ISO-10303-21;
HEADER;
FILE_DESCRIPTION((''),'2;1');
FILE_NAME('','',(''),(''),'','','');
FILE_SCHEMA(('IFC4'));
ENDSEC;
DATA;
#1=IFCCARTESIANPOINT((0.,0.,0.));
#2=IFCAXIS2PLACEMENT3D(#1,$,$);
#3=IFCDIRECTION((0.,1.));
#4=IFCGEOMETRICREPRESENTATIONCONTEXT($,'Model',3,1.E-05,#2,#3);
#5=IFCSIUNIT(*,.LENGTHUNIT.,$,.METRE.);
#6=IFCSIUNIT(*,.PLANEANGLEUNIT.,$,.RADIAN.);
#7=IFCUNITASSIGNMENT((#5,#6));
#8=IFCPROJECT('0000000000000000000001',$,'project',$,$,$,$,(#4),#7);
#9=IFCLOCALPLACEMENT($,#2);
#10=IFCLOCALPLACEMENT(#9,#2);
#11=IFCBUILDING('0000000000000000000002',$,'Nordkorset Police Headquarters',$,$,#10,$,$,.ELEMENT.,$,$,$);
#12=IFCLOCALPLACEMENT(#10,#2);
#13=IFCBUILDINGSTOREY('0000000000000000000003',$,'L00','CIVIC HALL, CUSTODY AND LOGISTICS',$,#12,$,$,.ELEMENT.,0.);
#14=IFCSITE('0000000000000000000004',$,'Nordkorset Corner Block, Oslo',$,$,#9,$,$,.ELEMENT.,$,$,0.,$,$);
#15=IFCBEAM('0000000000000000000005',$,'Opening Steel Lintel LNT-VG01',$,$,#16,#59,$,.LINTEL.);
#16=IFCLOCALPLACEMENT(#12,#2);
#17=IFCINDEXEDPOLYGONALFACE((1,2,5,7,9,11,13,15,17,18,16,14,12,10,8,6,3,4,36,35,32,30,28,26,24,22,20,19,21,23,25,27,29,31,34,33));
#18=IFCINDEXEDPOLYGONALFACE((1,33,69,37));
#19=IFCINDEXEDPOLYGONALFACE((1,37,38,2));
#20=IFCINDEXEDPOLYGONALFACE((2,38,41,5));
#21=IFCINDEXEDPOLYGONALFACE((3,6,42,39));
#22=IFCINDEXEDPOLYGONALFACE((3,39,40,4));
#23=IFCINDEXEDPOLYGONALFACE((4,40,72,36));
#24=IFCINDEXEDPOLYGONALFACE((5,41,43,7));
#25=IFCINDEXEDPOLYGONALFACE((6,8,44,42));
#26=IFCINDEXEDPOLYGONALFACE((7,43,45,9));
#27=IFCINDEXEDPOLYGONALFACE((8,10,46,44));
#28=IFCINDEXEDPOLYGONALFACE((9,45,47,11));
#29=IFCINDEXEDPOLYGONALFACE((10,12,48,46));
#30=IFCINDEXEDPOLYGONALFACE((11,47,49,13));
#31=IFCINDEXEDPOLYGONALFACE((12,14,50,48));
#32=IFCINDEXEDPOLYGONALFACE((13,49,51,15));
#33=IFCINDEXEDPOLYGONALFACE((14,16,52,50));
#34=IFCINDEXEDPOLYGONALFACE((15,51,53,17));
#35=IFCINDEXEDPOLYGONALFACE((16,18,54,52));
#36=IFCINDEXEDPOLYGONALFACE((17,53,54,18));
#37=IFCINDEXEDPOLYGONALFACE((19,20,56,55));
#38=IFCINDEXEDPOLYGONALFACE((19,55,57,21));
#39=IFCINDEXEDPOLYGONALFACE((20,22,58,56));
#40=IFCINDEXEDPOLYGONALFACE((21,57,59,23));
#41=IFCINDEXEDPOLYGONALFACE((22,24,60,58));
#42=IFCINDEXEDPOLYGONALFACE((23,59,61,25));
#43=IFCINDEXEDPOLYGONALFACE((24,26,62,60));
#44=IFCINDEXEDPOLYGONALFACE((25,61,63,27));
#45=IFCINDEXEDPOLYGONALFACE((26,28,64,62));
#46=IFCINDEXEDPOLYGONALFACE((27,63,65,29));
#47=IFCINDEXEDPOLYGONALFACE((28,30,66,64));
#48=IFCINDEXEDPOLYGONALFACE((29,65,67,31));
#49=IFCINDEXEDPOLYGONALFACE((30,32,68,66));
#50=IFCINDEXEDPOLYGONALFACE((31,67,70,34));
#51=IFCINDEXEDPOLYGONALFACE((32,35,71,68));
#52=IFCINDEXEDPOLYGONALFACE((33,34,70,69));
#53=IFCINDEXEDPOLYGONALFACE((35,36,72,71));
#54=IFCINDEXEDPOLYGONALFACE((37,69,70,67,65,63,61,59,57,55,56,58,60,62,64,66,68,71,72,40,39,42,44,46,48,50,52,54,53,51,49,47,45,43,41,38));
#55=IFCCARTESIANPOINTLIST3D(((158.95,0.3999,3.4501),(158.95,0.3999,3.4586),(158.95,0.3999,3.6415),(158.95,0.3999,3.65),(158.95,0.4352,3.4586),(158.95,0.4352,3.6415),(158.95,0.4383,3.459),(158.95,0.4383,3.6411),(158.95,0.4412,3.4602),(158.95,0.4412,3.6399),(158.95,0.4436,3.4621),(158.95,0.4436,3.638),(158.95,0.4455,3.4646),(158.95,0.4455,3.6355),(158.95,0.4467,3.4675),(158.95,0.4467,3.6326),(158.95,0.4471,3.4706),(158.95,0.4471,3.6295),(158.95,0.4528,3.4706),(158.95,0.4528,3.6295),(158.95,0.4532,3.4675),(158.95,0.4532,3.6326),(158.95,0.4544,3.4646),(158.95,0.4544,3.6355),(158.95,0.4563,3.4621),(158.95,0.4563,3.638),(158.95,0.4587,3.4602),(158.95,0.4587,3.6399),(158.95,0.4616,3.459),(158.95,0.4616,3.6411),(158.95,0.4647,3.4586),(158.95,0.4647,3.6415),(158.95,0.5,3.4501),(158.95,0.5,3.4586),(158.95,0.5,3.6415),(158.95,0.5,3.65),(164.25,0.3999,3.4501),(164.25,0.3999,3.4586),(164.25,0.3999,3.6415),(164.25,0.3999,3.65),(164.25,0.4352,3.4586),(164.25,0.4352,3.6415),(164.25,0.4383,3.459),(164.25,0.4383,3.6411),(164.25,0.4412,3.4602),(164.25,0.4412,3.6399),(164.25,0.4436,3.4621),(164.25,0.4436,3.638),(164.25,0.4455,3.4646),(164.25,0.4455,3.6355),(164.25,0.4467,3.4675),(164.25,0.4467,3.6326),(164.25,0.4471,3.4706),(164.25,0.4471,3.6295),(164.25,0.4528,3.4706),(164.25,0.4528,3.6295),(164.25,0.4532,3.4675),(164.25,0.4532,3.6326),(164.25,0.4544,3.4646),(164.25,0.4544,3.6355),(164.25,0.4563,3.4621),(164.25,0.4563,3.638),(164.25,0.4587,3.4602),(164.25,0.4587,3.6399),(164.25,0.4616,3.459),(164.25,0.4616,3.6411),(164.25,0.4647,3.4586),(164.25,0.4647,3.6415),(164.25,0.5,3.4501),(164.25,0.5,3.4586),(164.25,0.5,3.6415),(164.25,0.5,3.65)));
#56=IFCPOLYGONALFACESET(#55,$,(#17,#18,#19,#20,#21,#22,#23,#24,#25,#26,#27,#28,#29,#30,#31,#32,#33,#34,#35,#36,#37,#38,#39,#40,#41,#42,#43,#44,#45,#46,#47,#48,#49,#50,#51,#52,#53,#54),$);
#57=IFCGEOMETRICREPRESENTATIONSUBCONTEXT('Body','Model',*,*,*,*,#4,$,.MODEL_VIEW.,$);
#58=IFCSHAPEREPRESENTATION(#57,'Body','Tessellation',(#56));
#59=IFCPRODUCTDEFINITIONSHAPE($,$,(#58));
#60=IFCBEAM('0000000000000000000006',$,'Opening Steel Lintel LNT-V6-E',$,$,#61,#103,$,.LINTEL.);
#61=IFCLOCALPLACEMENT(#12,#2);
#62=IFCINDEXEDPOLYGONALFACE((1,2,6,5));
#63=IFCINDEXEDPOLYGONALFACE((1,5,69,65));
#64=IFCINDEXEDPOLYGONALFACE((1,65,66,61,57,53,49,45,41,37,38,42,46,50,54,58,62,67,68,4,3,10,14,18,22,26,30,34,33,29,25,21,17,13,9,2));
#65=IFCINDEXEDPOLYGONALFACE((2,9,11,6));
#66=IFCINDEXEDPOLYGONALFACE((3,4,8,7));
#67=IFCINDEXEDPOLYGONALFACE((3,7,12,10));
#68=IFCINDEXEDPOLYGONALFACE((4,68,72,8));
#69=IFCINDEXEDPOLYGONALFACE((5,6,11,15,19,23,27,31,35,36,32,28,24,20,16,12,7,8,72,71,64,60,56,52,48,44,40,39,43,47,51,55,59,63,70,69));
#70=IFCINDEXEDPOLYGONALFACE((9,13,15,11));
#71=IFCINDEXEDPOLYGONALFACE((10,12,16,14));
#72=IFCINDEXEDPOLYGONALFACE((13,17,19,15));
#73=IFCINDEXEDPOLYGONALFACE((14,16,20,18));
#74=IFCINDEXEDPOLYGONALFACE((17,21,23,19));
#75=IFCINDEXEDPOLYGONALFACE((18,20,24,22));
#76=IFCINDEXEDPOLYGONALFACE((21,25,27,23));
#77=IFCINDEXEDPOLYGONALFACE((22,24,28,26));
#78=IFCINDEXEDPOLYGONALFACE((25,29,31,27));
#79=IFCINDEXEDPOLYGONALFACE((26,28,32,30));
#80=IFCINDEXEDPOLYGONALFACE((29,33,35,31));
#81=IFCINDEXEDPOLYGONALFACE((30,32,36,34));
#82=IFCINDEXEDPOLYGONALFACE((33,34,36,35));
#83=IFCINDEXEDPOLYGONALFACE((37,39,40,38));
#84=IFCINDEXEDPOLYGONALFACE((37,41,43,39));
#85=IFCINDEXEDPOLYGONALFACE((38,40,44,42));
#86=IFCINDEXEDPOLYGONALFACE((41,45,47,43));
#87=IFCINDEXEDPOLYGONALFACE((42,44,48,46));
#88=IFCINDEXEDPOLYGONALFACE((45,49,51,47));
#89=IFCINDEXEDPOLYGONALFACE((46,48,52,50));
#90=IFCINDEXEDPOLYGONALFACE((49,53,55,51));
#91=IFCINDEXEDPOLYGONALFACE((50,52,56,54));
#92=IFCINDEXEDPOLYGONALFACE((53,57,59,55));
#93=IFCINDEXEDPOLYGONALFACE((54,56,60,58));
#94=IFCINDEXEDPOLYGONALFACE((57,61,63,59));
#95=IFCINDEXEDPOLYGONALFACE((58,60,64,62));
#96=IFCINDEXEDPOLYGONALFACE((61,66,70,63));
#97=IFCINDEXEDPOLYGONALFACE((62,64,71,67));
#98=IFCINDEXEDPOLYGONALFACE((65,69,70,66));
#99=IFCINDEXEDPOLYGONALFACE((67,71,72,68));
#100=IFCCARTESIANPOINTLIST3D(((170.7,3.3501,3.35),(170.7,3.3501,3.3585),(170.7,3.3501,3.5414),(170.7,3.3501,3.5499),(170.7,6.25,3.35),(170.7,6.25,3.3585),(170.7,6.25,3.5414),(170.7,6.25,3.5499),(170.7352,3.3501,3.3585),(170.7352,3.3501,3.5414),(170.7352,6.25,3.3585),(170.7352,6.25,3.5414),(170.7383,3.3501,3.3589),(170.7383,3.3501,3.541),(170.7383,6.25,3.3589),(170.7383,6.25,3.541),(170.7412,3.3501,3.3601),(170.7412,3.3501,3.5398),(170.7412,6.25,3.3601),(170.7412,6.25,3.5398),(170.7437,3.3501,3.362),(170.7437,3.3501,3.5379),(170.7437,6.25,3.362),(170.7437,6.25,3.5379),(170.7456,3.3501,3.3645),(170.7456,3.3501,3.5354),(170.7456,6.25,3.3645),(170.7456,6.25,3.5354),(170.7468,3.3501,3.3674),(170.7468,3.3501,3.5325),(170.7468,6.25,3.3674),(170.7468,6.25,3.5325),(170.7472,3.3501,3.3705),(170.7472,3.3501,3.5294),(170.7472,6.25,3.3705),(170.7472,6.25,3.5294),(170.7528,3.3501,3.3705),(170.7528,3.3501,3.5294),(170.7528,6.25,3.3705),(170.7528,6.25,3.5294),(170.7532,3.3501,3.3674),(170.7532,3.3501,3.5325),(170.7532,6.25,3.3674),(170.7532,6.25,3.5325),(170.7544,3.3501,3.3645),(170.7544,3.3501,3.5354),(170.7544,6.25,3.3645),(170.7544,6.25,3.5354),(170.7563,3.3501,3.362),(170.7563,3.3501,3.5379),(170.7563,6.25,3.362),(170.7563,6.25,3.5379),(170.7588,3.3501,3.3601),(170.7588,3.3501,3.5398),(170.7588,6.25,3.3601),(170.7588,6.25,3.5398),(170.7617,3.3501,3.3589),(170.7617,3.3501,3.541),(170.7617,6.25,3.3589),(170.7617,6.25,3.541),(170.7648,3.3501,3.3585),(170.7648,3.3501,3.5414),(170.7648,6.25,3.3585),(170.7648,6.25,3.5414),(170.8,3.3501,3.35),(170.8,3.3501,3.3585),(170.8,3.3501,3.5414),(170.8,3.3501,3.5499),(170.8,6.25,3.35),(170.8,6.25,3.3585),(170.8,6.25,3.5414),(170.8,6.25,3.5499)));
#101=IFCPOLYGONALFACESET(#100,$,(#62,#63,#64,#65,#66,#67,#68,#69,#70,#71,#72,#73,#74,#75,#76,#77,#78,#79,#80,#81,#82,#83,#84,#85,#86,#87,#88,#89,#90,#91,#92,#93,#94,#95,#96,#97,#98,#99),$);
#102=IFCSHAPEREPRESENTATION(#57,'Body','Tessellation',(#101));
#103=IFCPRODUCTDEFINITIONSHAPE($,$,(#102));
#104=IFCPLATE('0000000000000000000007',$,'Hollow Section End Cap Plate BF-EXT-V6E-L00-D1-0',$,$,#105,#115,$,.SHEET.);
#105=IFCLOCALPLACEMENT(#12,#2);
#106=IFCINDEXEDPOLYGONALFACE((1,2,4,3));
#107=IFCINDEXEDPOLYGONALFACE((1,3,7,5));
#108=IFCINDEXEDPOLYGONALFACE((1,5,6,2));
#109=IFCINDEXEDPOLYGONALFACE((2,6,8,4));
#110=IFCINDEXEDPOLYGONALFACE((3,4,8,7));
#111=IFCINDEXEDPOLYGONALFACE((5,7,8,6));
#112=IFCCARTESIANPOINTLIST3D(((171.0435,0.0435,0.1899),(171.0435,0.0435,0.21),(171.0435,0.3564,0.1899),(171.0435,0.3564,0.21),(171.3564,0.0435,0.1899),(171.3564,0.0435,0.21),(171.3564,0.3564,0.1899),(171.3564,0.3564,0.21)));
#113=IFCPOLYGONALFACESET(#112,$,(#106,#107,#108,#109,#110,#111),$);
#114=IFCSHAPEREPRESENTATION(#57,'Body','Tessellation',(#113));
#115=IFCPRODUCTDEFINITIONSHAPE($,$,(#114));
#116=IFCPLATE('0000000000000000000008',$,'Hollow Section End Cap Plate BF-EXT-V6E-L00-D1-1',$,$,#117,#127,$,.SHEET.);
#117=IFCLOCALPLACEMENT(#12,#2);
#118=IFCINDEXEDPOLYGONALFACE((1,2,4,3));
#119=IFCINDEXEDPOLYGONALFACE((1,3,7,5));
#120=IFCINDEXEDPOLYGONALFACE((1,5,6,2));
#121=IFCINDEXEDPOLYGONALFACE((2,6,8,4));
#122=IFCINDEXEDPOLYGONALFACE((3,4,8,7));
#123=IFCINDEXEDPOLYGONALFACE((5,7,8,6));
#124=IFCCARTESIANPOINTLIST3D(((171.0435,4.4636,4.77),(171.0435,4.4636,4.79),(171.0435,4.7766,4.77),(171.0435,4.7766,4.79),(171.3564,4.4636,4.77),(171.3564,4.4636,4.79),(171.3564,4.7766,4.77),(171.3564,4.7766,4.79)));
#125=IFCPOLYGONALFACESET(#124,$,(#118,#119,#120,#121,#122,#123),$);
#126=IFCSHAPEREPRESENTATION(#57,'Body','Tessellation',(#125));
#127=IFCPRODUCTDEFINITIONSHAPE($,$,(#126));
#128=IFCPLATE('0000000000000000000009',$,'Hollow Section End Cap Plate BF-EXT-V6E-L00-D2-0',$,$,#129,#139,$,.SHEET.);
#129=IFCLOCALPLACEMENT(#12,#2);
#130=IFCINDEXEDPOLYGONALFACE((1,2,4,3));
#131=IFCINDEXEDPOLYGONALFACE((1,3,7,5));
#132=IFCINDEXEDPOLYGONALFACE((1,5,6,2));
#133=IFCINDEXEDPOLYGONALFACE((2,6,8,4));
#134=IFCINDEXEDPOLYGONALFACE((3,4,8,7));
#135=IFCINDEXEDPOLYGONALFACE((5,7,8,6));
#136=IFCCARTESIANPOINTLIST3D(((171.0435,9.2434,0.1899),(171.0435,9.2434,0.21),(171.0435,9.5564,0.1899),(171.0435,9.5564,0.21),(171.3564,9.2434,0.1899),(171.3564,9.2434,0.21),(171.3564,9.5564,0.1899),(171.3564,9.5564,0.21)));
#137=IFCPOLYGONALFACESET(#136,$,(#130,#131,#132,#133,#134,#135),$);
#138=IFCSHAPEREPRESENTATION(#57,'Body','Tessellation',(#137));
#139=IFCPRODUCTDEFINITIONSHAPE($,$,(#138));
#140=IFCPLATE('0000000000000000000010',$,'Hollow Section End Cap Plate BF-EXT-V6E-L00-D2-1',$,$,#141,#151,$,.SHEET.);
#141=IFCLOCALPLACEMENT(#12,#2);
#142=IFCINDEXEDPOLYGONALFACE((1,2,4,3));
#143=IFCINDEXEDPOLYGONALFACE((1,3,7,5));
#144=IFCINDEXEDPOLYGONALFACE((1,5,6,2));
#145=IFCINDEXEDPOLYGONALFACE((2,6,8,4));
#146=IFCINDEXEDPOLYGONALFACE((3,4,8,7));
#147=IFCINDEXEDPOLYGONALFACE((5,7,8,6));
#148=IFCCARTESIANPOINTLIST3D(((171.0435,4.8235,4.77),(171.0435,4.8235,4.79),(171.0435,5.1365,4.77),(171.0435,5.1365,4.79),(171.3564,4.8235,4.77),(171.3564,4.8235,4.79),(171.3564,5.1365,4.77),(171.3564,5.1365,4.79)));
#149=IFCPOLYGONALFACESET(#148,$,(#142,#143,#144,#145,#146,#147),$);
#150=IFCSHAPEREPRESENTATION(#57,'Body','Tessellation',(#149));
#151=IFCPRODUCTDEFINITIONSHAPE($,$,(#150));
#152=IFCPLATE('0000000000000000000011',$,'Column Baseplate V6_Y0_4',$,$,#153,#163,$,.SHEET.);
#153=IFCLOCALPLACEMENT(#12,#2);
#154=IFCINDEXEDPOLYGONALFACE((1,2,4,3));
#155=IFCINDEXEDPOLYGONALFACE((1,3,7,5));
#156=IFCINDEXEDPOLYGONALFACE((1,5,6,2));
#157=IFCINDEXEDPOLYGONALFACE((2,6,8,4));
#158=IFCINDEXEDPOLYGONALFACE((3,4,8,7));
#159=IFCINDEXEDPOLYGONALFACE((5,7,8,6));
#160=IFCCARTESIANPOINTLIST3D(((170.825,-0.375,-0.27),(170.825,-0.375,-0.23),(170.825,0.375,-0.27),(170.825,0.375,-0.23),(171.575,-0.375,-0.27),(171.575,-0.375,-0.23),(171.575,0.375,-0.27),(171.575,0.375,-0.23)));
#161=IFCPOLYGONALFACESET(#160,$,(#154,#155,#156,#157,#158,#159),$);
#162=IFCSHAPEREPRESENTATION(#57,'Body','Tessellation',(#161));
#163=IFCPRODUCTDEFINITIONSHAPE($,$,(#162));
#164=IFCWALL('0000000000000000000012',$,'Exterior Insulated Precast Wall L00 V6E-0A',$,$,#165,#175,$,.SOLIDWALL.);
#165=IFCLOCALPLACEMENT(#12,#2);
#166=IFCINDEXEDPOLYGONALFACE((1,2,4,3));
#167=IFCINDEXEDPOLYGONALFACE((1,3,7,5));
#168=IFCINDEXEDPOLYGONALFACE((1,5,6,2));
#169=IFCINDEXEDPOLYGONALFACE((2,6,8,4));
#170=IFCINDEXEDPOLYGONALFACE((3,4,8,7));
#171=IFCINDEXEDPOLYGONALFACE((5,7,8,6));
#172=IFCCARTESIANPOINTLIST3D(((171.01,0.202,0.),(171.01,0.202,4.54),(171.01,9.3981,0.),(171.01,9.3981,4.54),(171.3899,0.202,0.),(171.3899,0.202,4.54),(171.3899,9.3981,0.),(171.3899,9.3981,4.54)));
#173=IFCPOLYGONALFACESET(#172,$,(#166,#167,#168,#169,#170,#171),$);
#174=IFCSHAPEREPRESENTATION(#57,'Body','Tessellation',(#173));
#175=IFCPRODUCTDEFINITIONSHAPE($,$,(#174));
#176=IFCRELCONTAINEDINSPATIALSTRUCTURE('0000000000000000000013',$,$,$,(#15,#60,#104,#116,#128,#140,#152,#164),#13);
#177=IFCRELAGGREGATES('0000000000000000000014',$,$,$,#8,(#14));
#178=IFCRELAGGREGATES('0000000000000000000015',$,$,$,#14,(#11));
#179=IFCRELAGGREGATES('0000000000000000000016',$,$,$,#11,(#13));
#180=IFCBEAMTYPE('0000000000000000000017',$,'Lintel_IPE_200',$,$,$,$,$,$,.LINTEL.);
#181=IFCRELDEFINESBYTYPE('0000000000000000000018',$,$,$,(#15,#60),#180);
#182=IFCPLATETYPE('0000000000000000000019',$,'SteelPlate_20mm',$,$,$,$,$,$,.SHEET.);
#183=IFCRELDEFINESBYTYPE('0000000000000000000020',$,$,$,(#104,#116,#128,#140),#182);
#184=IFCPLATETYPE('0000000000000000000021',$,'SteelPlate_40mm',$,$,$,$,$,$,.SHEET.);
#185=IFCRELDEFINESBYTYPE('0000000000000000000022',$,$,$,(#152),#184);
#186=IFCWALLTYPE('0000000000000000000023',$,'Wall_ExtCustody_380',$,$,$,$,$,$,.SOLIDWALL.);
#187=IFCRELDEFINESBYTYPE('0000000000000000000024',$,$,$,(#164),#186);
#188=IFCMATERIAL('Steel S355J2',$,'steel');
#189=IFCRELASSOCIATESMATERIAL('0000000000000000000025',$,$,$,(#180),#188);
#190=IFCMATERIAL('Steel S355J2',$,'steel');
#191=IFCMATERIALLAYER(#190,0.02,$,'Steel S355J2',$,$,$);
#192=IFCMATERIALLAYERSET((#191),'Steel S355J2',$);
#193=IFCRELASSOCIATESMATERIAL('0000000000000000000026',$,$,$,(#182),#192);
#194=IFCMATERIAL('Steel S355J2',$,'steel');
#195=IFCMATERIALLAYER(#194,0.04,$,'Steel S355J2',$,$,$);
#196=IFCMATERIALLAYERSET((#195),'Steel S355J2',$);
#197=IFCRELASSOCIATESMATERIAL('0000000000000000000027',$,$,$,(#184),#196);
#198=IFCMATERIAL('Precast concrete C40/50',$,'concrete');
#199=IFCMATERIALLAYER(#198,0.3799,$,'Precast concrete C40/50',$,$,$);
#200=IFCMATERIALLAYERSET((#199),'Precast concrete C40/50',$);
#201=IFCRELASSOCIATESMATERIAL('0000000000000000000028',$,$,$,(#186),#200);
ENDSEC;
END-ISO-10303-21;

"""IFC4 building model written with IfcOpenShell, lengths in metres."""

from ifc_helpers import new_model, si_unit, direction, frame, frame_2d, origin, origin_2d, place, context, subcontext, project, spatial, rectangle, i_section, extrude, material, layer, layer_set, material_profile, profile_set, type_object, element, save


model = new_model("IFC4")

# Units and contexts
model_context = context("Model", 3, precision=1e-05, world=origin(), true_north=direction((0.0, 1.0)))
body_context = subcontext(model_context, "Body", "Model", "MODEL_VIEW")
ifc_project = project(units=[si_unit("LENGTHUNIT", "METRE"), si_unit("PLANEANGLEUNIT", "RADIAN")], contexts=[model_context])

# Site, building, storey
site_placement = place(None, origin())
site = spatial("IfcSite", under=ifc_project, at=site_placement, Name="Nordkorset Corner Block, Oslo", CompositionType="ELEMENT", RefElevation=0.0)
building_placement = place(site_placement, origin())
building = spatial("IfcBuilding", under=site, at=building_placement, Name="Nordkorset Police Headquarters", CompositionType="ELEMENT")
storey_placement = place(building_placement, origin())
storey = spatial("IfcBuildingStorey", under=building, at=storey_placement, Name="L00", Description="CIVIC HALL, CUSTODY AND LOGISTICS", CompositionType="ELEMENT", Elevation=0.0)

# Beams
ifc_material_1 = material(Name="Steel S355J2", Category="steel")
ifc_material_profile_1 = material_profile(ifc_material_1, i_section(OverallWidth=0.1001, OverallDepth=0.2, WebThickness=0.0056, FlangeThickness=0.0085, FilletRadius=0.012, at=origin_2d()), Name="IPE 200")
ifc_profile_set_1 = profile_set([ifc_material_profile_1], Name="Steel S355J2")
beam_type_1 = type_object("IfcBeamType", Name="Lintel_IPE_200", PredefinedType="LINTEL", material=ifc_profile_set_1)
beam_1_placement = place(storey_placement, frame((158.95, 0.45, 3.55), z_axis=(1.0, 0.0, 0.0), x_axis=(0.0, 1.0, 0.0)))
element("IfcBeam", 1, at=beam_1_placement, inside=storey, type_object=beam_type_1, Name="Opening Steel Lintel LNT-VG01", PredefinedType="LINTEL", context=body_context, shape_type="SweptSolid", body=[
    extrude(i_section(OverallWidth=0.1001, OverallDepth=0.2, WebThickness=0.0056, FlangeThickness=0.0085, FilletRadius=0.012, at=origin_2d()), origin(), (0.0, 0.0, 1.0), 5.3),
])
beam_2_placement = place(storey_placement, frame((170.75, 3.3501, 3.45), z_axis=(0.0, 1.0, 0.0), x_axis=(-1.0, 0.0, 0.0)))
element("IfcBeam", 2, at=beam_2_placement, inside=storey, type_object=beam_type_1, Name="Opening Steel Lintel LNT-V6-E", PredefinedType="LINTEL", context=body_context, shape_type="SweptSolid", body=[
    extrude(i_section(OverallWidth=0.1001, OverallDepth=0.2, WebThickness=0.0056, FlangeThickness=0.0085, FilletRadius=0.012, at=origin_2d()), origin(), (0.0, 0.0, 1.0), 2.8999),
])

# Plates
ifc_material_2 = material(Name="Steel S355J2", Category="steel")
ifc_layer_1 = layer(ifc_material_2, 0.02, Name="Steel S355J2")
ifc_layer_set_1 = layer_set([ifc_layer_1], Name="Steel S355J2")
plate_type_1 = type_object("IfcPlateType", Name="SteelPlate_20mm", PredefinedType="SHEET", material=ifc_layer_set_1)
for number, where, z_axis, x_axis, name in (
    (3, (171.2, 0.2, 0.1899), (0.0, 0.0, 1.0), (1.0, 0.0, 0.0), "Hollow Section End Cap Plate BF-EXT-V6E-L00-D1-0"),
    (4, (171.2, 4.6201, 4.77), (0.0, 0.0, 1.0), (1.0, 0.0, 0.0), "Hollow Section End Cap Plate BF-EXT-V6E-L00-D1-1"),
    (5, (171.2, 9.3999, 0.1899), (0.0, 0.0, 1.0), (1.0, 0.0, 0.0), "Hollow Section End Cap Plate BF-EXT-V6E-L00-D2-0"),
    (6, (171.2, 4.98, 4.77), (0.0, 0.0, 1.0), (1.0, 0.0, 0.0), "Hollow Section End Cap Plate BF-EXT-V6E-L00-D2-1"),
):
    element("IfcPlate", number, at=place(storey_placement, frame(where, z_axis=z_axis, x_axis=x_axis)), inside=storey, type_object=plate_type_1, Name=name, PredefinedType="SHEET", context=body_context, shape_type="SweptSolid", body=[
        extrude(rectangle(XDim=0.313, YDim=0.313, at=origin_2d()), origin(), (0.0, 0.0, 1.0), 0.02),
    ])
ifc_material_3 = material(Name="Steel S355J2", Category="steel")
ifc_layer_2 = layer(ifc_material_3, 0.04, Name="Steel S355J2")
ifc_layer_set_2 = layer_set([ifc_layer_2], Name="Steel S355J2")
plate_type_2 = type_object("IfcPlateType", Name="SteelPlate_40mm", PredefinedType="SHEET", material=ifc_layer_set_2)
plate_placement = place(storey_placement, frame((171.2, 0.0, -0.27), z_axis=(0.0, 0.0, 1.0), x_axis=(1.0, 0.0, 0.0)))
element("IfcPlate", 7, at=plate_placement, inside=storey, type_object=plate_type_2, Name="Column Baseplate V6_Y0_4", PredefinedType="SHEET", context=body_context, shape_type="SweptSolid", body=[
    extrude(rectangle(XDim=0.75, YDim=0.75, at=origin_2d()), origin(), (0.0, 0.0, 1.0), 0.04),
])

# Wall
ifc_material_4 = material(Name="Precast concrete C40/50", Category="concrete")
ifc_layer_3 = layer(ifc_material_4, 0.3799, Name="Precast concrete C40/50")
ifc_layer_set_3 = layer_set([ifc_layer_3], Name="Precast concrete C40/50")
wall_type = type_object("IfcWallType", Name="Wall_ExtCustody_380", PredefinedType="SOLIDWALL", material=ifc_layer_set_3)
wall_placement = place(storey_placement, frame((171.2, 0.2019, 0.0), z_axis=(0.0, 0.0, 1.0), x_axis=(0.0, 1.0, 0.0)))
element("IfcWall", 8, at=wall_placement, inside=storey, type_object=wall_type, Name="Exterior Insulated Precast Wall L00 V6E-0A", PredefinedType="SOLIDWALL", context=body_context, shape_type="SweptSolid", body=[
    extrude(rectangle(XDim=9.196, YDim=0.3799, at=frame_2d((4.5981, 0.0))), origin(), (0.0, 0.0, 1.0), 4.54),
])

save(model, "model.ifc")
